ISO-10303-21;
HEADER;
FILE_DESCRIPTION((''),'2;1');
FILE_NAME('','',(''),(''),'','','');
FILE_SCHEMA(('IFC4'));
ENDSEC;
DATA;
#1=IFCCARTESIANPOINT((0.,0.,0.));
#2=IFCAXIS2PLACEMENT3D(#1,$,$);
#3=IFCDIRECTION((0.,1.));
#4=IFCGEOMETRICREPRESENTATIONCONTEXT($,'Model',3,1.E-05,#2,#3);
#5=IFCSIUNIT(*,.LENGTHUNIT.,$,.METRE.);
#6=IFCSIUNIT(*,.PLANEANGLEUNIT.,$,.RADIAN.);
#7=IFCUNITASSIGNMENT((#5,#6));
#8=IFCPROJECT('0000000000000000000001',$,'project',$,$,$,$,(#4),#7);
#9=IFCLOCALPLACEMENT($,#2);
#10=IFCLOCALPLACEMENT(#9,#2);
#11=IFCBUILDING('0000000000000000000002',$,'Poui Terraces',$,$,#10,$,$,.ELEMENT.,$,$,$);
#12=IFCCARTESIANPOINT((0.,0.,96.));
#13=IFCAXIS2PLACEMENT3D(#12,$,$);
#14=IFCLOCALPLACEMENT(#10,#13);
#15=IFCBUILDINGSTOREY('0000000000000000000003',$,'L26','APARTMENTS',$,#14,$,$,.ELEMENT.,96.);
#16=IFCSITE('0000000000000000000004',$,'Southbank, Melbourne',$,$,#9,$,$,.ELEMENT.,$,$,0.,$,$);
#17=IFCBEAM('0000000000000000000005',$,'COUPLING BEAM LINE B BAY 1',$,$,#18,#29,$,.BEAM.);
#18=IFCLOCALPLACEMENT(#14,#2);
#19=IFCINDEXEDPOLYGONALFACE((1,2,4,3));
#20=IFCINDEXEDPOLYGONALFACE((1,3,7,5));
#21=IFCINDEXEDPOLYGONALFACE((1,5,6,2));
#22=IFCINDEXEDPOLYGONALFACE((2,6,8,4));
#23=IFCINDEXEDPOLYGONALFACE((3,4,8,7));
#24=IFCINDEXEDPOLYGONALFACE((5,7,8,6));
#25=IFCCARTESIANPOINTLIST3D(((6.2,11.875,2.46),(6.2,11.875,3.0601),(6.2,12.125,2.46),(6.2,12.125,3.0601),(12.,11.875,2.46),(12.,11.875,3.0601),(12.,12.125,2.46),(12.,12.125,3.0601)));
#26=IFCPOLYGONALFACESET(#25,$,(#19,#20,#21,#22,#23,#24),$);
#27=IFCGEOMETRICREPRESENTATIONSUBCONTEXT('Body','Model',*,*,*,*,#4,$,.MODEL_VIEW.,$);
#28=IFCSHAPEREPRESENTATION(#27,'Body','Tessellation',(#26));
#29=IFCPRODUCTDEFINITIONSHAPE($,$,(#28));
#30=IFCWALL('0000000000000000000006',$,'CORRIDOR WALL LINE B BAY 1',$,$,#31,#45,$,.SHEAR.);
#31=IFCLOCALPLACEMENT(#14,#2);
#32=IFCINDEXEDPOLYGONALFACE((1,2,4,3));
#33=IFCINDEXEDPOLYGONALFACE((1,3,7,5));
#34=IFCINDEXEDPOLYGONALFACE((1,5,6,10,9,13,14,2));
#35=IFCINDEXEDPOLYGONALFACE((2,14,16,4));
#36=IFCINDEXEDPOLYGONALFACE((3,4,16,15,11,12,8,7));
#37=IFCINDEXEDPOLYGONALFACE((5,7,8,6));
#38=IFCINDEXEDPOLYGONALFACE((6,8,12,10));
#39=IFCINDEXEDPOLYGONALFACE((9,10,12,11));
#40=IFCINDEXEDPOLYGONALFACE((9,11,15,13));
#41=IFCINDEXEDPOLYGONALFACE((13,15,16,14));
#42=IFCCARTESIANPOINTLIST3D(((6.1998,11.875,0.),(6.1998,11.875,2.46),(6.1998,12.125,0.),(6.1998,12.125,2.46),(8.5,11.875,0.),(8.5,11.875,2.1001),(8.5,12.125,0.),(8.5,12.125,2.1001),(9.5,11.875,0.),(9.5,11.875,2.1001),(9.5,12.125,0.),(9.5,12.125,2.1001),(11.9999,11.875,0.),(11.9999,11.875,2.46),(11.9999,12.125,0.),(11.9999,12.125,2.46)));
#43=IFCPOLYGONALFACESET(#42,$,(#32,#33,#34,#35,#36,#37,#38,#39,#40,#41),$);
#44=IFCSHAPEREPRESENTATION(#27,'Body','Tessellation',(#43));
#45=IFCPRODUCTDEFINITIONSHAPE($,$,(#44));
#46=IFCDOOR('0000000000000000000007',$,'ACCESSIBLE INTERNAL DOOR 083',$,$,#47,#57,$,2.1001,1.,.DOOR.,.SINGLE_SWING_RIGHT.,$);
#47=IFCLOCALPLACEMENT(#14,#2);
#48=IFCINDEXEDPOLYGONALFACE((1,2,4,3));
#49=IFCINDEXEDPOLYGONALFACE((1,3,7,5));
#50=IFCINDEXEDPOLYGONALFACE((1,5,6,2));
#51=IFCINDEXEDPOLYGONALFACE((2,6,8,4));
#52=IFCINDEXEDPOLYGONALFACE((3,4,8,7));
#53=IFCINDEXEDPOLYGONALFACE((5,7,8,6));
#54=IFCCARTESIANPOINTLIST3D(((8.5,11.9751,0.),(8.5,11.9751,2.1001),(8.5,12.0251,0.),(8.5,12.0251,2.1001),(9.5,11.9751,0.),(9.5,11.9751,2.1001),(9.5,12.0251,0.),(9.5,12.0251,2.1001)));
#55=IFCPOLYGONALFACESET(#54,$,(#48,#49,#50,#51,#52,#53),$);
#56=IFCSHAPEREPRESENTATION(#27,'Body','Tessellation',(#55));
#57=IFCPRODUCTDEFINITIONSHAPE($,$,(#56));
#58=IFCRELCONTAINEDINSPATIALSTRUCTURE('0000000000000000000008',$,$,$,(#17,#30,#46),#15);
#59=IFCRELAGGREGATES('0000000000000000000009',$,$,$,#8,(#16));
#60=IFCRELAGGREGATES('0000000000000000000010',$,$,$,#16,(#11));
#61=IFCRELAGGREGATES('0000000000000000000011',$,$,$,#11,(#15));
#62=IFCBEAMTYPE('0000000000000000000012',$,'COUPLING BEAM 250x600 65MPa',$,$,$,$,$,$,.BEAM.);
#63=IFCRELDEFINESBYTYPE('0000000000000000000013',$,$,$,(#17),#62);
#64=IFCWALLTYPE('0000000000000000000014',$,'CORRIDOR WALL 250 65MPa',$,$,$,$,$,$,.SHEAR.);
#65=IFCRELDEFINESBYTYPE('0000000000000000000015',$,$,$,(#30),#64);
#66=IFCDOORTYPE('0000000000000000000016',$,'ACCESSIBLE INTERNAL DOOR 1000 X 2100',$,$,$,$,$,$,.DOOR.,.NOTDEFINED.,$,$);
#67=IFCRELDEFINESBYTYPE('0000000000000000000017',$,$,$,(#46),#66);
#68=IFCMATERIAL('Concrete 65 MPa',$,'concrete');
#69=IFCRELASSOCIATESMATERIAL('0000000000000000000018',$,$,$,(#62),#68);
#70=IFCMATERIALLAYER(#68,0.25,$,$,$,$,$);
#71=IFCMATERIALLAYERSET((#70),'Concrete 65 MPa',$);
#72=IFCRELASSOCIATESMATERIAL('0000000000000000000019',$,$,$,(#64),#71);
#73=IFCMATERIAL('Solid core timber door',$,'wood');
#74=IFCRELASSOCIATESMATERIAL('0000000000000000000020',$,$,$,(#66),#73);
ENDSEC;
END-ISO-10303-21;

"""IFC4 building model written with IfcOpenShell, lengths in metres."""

from ifc_helpers import new_model, si_unit, direction, frame, frame_2d, origin, origin_2d, place, context, subcontext, project, spatial, rectangle, extrude, source, transform, mapped, material, layer, layer_set, material_profile, profile_set, type_object, element, fill, save


model = new_model("IFC4")

# Units and contexts
model_context = context("Model", 3, precision=1e-05, world=origin(), true_north=direction((0.0, 1.0)))
body_context = subcontext(model_context, "Body", "Model", "MODEL_VIEW")
ifc_project = project(units=[si_unit("LENGTHUNIT", "METRE"), si_unit("PLANEANGLEUNIT", "RADIAN")], contexts=[model_context])

# Site, building, storey
site_placement = place(None, origin())
site = spatial("IfcSite", under=ifc_project, at=site_placement, Name="Southbank, Melbourne", CompositionType="ELEMENT", RefElevation=0.0)
building_placement = place(site_placement, origin())
building = spatial("IfcBuilding", under=site, at=building_placement, Name="Poui Terraces", CompositionType="ELEMENT")
storey_placement = place(building_placement, frame((0.0, 0.0, 96.0)))
storey = spatial("IfcBuildingStorey", under=building, at=storey_placement, Name="L26", Description="APARTMENTS", CompositionType="ELEMENT", Elevation=96.0)

# Beam
ifc_material_1 = material(Name="Concrete 65 MPa", Category="concrete")
ifc_material_profile = material_profile(ifc_material_1, rectangle(XDim=0.25, YDim=0.6001, at=origin_2d()), Name="RC 250x600")
ifc_profile_set = profile_set([ifc_material_profile], Name="Concrete 65 MPa")
beam_type = type_object("IfcBeamType", Name="COUPLING BEAM 250x600 65MPa", PredefinedType="BEAM", material=ifc_profile_set)
shared_shape = source(origin(), body_context, "Body", "SweptSolid", [
    extrude(rectangle(XDim=0.25, YDim=0.6001, at=origin_2d()), origin(), (0.0, 0.0, 1.0), 5.8),
])
beam_placement = place(storey_placement, frame((6.2, 12.0, 2.76), z_axis=(1.0, 0.0, 0.0), x_axis=(0.0, 1.0, 0.0)))
element("IfcBeam", 1, at=beam_placement, inside=storey, type_object=beam_type, Name="COUPLING BEAM LINE B BAY 1", PredefinedType="BEAM", context=body_context, shape_type="MappedRepresentation", body=[
    mapped(shared_shape, transform((0.0, 0.0, 0.0))),
])

# Wall, opening, door
ifc_layer_1 = layer(ifc_material_1, 0.25)
ifc_layer_set_1 = layer_set([ifc_layer_1], Name="Concrete 65 MPa")
wall_type_1 = type_object("IfcWallType", Name="CORRIDOR WALL 250 65MPa", PredefinedType="SHEAR", material=ifc_layer_set_1)
wall_1_placement = place(storey_placement, frame((6.2, 12.0, 0.0), z_axis=(0.0, 0.0, 1.0), x_axis=(1.0, 0.0, 0.0)))
wall_1 = element("IfcWall", 2, at=wall_1_placement, inside=storey, type_object=wall_type_1, Name="CORRIDOR WALL LINE B BAY 1", PredefinedType="SHEAR", context=body_context, shape_type="SweptSolid", body=[
    extrude(rectangle(XDim=5.8, YDim=0.25, at=frame_2d((2.8999, 0.0))), origin(), (0.0, 0.0, 1.0), 2.46),
])
opening_1_placement = place(wall_1_placement, frame((2.3, 0.0, 0.0)))
opening_1 = element("IfcOpeningElement", 3, at=opening_1_placement, cuts=wall_1, PredefinedType="OPENING", context=body_context, shape_type="SweptSolid", body=[
    extrude(rectangle(XDim=1.0, YDim=2.1001, at=frame_2d((0.5, 1.05))), frame((0.0, 0.135, 0.0), z_axis=(0.0, -1.0, 0.0), x_axis=(1.0, 0.0, 0.0)), (0.0, 0.0, 1.0), 0.27),
])
ifc_material_2 = material(Name="Solid core timber door", Category="wood")
door_type_1 = type_object("IfcDoorType", Name="ACCESSIBLE INTERNAL DOOR 1000 X 2100", OperationType="NOTDEFINED", PredefinedType="DOOR", material=ifc_material_2)
door_1_placement = place(opening_1_placement, frame((1.0, 0.0, 0.0), z_axis=(0.0, 0.0, 1.0), x_axis=(-1.0, 0.0, 0.0)))
door_1 = element("IfcDoor", 4, at=door_1_placement, inside=storey, type_object=door_type_1, Name="ACCESSIBLE INTERNAL DOOR 083", OperationType="SINGLE_SWING_RIGHT", OverallHeight=2.1001, OverallWidth=1.0, PredefinedType="DOOR", context=body_context, shape_type="SweptSolid", body=[
    extrude(rectangle(XDim=1.0, YDim=2.1001, at=frame_2d((0.5, 1.05))), frame((0.0, 0.0249, 0.0), z_axis=(0.0, -1.0, 0.0), x_axis=(1.0, 0.0, 0.0)), (0.0, 0.0, 1.0), 0.05),
])
fill(opening_1, door_1)

save(model, "model.ifc")
